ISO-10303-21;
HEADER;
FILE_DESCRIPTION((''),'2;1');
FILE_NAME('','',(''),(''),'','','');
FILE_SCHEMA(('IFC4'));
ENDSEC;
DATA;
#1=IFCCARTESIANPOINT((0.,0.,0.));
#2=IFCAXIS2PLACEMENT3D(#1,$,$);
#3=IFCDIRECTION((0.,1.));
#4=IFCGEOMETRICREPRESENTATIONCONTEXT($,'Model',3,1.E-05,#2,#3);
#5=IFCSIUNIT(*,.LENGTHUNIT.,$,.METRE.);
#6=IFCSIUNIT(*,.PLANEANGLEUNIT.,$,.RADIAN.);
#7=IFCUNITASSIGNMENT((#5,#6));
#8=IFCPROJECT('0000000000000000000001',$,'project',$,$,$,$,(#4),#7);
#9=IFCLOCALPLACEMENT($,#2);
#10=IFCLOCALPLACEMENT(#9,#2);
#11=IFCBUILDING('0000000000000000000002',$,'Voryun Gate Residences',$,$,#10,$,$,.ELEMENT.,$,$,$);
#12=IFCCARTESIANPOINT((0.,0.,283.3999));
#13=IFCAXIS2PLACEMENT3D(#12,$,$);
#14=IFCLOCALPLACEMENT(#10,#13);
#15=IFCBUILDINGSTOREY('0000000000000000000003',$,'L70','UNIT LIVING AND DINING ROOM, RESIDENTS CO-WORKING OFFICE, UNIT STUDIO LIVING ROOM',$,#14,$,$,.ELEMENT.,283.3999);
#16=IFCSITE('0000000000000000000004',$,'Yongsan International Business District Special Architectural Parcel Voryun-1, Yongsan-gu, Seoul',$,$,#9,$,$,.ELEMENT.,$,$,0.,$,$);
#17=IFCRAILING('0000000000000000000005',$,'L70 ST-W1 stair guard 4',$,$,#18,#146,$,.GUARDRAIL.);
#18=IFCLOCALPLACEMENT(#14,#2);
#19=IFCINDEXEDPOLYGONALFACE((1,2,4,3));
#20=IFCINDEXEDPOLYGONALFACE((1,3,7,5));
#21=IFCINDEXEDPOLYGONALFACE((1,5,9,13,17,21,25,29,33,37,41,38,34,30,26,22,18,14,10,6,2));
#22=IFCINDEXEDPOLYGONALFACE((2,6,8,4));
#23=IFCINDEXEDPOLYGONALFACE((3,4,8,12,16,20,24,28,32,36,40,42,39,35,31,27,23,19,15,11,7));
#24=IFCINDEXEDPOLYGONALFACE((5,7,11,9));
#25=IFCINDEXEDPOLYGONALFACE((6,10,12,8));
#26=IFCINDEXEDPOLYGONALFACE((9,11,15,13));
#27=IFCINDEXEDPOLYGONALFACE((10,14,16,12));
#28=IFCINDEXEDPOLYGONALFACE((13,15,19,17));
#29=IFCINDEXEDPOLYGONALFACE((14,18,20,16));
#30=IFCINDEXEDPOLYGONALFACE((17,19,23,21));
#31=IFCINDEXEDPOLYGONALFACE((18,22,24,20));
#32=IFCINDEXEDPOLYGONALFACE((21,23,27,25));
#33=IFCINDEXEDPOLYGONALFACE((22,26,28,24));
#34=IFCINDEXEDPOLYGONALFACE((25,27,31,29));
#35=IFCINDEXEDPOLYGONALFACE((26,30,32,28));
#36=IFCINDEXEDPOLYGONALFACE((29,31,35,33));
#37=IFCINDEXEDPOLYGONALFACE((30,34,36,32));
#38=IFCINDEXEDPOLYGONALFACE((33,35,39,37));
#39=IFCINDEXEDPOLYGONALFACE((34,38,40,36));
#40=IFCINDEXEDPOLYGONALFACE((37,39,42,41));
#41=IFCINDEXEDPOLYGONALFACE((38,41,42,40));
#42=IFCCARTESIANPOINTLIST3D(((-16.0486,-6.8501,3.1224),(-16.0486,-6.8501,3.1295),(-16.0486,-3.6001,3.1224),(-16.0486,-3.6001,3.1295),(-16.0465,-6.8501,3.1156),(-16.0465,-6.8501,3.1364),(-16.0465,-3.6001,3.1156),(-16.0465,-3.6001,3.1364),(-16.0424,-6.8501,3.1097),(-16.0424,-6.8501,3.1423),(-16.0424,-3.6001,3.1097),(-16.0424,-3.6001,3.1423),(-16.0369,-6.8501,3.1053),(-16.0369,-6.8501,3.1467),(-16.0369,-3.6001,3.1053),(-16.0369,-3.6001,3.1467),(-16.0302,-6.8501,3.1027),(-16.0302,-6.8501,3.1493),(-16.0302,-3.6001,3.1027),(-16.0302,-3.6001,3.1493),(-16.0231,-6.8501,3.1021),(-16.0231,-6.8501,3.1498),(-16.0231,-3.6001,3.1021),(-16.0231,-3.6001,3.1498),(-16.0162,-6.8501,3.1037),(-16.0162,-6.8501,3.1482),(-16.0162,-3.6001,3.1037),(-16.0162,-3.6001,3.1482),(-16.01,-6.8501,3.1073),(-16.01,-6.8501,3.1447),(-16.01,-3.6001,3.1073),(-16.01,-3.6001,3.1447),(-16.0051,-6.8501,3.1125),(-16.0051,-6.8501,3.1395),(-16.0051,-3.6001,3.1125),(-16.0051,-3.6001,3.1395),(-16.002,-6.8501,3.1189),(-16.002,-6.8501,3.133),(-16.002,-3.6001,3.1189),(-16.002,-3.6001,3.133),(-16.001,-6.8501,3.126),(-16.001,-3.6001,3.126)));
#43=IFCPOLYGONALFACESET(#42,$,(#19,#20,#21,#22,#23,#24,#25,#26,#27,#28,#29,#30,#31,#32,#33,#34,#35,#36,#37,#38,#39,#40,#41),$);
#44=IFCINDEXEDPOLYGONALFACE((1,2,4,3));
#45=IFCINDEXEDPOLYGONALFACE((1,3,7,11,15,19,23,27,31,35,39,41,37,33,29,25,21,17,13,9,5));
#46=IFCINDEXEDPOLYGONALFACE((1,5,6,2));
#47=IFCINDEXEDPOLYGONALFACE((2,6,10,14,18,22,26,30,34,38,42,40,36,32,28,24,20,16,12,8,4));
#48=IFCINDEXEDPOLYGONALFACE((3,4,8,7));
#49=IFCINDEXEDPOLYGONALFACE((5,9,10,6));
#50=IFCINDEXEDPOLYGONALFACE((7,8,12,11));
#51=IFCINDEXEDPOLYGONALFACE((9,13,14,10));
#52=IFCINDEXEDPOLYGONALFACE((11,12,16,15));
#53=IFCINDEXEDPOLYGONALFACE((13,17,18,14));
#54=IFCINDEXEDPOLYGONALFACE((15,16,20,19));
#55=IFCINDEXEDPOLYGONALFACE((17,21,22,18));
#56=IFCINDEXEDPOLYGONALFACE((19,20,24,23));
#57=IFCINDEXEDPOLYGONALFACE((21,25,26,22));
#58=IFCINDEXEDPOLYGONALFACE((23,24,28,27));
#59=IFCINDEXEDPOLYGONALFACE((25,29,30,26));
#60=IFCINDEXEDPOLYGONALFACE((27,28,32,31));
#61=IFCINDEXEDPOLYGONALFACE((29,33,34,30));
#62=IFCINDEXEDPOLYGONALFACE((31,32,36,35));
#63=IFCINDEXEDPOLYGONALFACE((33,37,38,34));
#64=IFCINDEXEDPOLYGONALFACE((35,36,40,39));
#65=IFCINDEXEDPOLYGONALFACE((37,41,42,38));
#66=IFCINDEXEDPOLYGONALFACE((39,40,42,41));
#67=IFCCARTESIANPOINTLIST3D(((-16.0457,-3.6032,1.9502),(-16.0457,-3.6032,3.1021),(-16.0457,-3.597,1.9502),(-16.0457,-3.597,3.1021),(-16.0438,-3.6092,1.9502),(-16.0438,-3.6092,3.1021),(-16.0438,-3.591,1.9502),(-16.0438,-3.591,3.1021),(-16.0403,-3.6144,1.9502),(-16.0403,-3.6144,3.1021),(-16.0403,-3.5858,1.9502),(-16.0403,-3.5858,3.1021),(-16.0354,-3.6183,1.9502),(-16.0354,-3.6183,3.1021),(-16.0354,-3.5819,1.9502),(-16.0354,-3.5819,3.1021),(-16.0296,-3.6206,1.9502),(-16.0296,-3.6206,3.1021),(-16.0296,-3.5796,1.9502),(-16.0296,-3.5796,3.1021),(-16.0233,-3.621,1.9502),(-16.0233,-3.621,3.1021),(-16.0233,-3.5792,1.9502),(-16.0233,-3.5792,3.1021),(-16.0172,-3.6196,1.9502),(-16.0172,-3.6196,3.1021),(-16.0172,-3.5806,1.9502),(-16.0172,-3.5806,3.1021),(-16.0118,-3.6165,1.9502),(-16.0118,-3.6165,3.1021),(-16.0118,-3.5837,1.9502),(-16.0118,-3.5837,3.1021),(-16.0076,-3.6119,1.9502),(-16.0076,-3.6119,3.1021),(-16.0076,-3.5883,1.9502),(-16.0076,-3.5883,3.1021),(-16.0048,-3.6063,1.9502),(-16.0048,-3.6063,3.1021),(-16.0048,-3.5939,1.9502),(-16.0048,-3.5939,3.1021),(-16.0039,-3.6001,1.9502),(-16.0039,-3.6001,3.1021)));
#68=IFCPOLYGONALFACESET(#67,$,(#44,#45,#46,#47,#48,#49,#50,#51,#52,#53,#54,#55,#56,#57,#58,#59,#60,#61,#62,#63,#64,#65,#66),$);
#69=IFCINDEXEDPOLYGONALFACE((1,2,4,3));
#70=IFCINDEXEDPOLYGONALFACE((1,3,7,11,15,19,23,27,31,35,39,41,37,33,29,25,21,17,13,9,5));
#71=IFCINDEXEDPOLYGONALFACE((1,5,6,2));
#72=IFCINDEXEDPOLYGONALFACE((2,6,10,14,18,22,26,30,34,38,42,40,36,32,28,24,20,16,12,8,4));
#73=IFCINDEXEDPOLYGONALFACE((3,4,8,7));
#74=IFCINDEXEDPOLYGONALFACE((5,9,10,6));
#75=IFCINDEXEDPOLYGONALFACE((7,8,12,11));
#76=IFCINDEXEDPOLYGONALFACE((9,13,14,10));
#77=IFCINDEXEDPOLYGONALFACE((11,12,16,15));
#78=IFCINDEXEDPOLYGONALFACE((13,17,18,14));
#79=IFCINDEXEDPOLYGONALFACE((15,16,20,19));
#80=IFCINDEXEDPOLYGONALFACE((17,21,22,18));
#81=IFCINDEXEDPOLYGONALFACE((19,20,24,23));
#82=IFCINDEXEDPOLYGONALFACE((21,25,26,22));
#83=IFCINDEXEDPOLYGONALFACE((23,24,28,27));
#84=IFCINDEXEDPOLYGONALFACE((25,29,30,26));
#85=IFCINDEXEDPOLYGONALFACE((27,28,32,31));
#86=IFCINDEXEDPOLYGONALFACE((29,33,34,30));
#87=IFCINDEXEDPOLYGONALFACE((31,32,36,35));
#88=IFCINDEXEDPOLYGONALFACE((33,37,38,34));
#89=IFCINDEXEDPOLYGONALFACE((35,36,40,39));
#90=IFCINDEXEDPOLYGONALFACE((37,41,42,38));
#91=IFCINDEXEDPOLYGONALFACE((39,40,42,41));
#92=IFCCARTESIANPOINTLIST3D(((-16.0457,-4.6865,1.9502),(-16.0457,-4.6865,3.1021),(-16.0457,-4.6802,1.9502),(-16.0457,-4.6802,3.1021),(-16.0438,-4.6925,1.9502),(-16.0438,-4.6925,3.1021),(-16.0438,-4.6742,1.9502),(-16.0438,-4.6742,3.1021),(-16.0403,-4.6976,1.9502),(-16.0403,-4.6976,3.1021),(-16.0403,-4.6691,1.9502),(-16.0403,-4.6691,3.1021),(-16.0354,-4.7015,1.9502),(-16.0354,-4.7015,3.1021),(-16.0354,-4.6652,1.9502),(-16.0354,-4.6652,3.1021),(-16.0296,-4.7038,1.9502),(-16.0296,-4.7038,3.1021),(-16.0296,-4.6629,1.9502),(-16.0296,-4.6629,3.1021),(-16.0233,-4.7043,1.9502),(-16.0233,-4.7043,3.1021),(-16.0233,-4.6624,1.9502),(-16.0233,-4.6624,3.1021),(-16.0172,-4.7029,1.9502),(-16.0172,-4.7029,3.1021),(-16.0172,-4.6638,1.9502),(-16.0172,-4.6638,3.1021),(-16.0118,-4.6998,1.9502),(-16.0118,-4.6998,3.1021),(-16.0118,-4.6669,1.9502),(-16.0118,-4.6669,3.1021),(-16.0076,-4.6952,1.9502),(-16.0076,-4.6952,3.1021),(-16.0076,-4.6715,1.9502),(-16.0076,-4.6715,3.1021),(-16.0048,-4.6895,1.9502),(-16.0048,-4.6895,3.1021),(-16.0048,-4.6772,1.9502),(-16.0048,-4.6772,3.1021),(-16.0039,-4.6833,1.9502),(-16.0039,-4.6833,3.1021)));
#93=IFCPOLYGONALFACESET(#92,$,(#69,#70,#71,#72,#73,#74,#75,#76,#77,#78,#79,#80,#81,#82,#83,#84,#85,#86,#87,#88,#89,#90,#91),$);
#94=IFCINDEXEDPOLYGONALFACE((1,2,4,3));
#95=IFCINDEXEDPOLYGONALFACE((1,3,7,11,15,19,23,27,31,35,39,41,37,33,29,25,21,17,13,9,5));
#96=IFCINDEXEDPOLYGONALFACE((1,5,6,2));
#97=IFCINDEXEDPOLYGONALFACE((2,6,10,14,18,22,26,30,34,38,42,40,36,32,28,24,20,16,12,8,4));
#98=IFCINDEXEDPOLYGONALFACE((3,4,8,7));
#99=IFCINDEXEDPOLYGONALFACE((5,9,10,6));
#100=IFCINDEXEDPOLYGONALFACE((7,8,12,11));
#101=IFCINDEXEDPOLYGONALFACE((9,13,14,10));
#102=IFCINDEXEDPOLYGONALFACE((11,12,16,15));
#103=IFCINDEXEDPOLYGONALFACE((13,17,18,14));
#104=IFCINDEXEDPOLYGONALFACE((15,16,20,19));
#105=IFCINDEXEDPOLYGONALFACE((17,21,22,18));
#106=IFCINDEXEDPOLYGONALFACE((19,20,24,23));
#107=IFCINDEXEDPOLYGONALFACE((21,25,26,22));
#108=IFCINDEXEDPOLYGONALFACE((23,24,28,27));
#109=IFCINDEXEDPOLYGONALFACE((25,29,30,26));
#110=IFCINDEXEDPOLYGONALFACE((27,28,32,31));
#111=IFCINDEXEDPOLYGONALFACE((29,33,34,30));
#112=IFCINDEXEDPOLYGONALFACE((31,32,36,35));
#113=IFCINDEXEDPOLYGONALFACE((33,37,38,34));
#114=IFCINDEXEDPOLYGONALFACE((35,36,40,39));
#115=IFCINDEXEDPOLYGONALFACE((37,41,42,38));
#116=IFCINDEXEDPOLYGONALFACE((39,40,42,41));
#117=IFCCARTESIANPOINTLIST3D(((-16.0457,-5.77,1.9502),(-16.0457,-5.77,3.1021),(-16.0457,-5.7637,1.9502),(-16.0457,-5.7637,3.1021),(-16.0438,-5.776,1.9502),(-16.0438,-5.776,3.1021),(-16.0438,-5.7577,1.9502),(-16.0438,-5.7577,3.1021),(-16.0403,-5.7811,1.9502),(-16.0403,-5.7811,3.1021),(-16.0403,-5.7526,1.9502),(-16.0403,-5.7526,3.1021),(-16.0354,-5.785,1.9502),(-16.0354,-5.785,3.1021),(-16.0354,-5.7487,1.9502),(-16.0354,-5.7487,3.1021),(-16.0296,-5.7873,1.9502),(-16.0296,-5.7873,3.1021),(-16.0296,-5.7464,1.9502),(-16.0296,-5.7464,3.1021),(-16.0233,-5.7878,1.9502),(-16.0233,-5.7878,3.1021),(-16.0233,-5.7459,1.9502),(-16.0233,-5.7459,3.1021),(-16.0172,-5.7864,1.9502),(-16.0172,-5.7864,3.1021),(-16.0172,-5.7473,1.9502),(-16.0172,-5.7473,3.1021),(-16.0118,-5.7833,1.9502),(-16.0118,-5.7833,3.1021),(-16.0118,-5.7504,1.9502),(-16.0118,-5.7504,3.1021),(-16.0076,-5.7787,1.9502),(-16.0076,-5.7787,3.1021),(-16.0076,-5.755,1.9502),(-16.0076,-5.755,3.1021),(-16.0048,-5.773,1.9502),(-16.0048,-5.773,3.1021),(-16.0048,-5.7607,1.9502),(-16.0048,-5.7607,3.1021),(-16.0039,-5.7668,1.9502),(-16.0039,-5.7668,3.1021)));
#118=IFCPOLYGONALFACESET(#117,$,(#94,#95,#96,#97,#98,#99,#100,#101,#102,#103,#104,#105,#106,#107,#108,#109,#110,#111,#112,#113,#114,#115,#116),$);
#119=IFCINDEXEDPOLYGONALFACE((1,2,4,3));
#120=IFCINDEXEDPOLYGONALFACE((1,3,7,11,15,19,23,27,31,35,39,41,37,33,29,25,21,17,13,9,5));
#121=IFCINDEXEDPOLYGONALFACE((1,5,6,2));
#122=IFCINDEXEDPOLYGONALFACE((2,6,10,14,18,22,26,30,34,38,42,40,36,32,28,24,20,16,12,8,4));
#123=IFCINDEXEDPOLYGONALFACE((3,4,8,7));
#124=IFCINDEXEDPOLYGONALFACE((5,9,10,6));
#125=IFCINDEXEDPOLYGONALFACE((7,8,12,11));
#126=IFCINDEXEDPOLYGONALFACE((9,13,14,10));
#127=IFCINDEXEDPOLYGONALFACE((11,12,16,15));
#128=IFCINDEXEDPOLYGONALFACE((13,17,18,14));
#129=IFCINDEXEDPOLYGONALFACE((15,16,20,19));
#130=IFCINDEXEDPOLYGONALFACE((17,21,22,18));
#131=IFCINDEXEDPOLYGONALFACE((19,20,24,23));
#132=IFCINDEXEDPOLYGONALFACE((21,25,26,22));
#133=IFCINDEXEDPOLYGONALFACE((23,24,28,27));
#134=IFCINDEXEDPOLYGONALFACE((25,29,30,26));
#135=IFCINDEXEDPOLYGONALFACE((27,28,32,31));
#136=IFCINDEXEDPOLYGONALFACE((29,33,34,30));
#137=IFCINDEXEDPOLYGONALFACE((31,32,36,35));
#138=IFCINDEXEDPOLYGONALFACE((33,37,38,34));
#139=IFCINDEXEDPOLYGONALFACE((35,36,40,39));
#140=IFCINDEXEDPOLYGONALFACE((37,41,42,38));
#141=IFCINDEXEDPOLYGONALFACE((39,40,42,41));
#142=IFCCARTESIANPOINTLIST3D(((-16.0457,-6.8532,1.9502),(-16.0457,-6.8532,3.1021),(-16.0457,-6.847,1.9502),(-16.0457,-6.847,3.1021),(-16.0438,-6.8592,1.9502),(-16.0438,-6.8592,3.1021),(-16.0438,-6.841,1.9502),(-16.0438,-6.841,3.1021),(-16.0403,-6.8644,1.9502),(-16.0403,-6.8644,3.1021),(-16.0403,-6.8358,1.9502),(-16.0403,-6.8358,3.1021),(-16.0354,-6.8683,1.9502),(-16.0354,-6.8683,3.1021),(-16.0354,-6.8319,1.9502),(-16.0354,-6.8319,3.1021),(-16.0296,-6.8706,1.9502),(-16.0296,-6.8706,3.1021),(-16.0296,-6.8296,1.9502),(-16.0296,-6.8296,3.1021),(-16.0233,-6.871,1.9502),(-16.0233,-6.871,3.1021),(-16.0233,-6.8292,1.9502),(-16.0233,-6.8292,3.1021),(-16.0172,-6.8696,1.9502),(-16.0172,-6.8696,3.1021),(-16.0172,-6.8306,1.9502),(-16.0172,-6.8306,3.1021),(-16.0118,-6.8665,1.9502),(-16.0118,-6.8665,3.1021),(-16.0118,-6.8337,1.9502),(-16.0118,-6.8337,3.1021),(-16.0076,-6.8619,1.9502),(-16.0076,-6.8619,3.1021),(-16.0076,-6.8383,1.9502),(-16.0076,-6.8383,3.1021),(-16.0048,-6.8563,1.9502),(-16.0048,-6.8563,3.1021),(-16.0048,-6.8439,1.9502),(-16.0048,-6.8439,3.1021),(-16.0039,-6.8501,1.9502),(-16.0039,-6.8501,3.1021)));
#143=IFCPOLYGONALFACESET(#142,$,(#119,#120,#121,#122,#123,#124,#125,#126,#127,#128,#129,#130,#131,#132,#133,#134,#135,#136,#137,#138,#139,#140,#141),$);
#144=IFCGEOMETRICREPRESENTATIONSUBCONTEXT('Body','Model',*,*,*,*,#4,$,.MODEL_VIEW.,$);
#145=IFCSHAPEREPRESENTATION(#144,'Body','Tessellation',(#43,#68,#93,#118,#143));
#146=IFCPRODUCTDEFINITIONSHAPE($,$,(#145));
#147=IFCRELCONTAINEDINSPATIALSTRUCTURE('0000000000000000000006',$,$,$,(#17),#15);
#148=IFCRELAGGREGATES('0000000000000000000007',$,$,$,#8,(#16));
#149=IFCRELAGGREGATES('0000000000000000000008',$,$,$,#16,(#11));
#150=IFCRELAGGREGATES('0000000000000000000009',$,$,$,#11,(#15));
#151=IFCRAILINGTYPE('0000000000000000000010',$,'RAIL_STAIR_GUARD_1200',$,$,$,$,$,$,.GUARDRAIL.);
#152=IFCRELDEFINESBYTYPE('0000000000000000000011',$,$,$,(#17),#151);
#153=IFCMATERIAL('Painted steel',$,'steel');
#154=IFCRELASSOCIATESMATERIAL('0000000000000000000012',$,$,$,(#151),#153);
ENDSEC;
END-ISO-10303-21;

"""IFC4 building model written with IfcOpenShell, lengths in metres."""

from ifc_helpers import new_model, si_unit, direction, frame, origin, origin_2d, place, context, subcontext, project, spatial, circle, extrude, material, type_object, element, save


model = new_model("IFC4")

# Units and contexts
model_context = context("Model", 3, precision=1e-05, world=origin(), true_north=direction((0.0, 1.0)))
body_context = subcontext(model_context, "Body", "Model", "MODEL_VIEW")
ifc_project = project(units=[si_unit("LENGTHUNIT", "METRE"), si_unit("PLANEANGLEUNIT", "RADIAN")], contexts=[model_context])

# Site, building, storey
site_placement = place(None, origin())
site = spatial("IfcSite", under=ifc_project, at=site_placement, Name="Yongsan International Business District Special Architectural Parcel Voryun-1, Yongsan-gu, Seoul", CompositionType="ELEMENT", RefElevation=0.0)
building_placement = place(site_placement, origin())
building = spatial("IfcBuilding", under=site, at=building_placement, Name="Voryun Gate Residences", CompositionType="ELEMENT")
storey_placement = place(building_placement, frame((0.0, 0.0, 283.3999)))
storey = spatial("IfcBuildingStorey", under=building, at=storey_placement, Name="L70", Description="UNIT LIVING AND DINING ROOM, RESIDENTS CO-WORKING OFFICE, UNIT STUDIO LIVING ROOM", CompositionType="ELEMENT", Elevation=283.3999)

# Railing
ifc_material_1 = material(Name="Painted steel", Category="steel")
railing_type_1 = type_object("IfcRailingType", Name="RAIL_STAIR_GUARD_1200", PredefinedType="GUARDRAIL", material=ifc_material_1)
railing_1_placement = place(storey_placement, frame((-16.0249, -3.6001, 1.9502)))
element("IfcRailing", 1, at=railing_1_placement, inside=storey, type_object=railing_type_1, Name="L70 ST-W1 stair guard 4", PredefinedType="GUARDRAIL", context=body_context, shape_type="SweptSolid", body=[
    extrude(circle(Radius=0.0239, at=origin_2d()), frame((0.0, 0.0, 1.1758), z_axis=(0.0, -1.0, 0.0), x_axis=(1.0, 0.0, 0.0)), (0.0, 0.0, 1.0), 3.25),
    extrude(circle(Radius=0.021, at=origin_2d()), origin(), (0.0, 0.0, 1.0), 1.1519),
    extrude(circle(Radius=0.021, at=origin_2d()), frame((0.0, -1.0833, 0.0)), (0.0, 0.0, 1.0), 1.1519),
    extrude(circle(Radius=0.021, at=origin_2d()), frame((0.0, -2.1667, 0.0)), (0.0, 0.0, 1.0), 1.1519),
    extrude(circle(Radius=0.021, at=origin_2d()), frame((0.0, -3.25, 0.0)), (0.0, 0.0, 1.0), 1.1519),
])

save(model, "model.ifc")
